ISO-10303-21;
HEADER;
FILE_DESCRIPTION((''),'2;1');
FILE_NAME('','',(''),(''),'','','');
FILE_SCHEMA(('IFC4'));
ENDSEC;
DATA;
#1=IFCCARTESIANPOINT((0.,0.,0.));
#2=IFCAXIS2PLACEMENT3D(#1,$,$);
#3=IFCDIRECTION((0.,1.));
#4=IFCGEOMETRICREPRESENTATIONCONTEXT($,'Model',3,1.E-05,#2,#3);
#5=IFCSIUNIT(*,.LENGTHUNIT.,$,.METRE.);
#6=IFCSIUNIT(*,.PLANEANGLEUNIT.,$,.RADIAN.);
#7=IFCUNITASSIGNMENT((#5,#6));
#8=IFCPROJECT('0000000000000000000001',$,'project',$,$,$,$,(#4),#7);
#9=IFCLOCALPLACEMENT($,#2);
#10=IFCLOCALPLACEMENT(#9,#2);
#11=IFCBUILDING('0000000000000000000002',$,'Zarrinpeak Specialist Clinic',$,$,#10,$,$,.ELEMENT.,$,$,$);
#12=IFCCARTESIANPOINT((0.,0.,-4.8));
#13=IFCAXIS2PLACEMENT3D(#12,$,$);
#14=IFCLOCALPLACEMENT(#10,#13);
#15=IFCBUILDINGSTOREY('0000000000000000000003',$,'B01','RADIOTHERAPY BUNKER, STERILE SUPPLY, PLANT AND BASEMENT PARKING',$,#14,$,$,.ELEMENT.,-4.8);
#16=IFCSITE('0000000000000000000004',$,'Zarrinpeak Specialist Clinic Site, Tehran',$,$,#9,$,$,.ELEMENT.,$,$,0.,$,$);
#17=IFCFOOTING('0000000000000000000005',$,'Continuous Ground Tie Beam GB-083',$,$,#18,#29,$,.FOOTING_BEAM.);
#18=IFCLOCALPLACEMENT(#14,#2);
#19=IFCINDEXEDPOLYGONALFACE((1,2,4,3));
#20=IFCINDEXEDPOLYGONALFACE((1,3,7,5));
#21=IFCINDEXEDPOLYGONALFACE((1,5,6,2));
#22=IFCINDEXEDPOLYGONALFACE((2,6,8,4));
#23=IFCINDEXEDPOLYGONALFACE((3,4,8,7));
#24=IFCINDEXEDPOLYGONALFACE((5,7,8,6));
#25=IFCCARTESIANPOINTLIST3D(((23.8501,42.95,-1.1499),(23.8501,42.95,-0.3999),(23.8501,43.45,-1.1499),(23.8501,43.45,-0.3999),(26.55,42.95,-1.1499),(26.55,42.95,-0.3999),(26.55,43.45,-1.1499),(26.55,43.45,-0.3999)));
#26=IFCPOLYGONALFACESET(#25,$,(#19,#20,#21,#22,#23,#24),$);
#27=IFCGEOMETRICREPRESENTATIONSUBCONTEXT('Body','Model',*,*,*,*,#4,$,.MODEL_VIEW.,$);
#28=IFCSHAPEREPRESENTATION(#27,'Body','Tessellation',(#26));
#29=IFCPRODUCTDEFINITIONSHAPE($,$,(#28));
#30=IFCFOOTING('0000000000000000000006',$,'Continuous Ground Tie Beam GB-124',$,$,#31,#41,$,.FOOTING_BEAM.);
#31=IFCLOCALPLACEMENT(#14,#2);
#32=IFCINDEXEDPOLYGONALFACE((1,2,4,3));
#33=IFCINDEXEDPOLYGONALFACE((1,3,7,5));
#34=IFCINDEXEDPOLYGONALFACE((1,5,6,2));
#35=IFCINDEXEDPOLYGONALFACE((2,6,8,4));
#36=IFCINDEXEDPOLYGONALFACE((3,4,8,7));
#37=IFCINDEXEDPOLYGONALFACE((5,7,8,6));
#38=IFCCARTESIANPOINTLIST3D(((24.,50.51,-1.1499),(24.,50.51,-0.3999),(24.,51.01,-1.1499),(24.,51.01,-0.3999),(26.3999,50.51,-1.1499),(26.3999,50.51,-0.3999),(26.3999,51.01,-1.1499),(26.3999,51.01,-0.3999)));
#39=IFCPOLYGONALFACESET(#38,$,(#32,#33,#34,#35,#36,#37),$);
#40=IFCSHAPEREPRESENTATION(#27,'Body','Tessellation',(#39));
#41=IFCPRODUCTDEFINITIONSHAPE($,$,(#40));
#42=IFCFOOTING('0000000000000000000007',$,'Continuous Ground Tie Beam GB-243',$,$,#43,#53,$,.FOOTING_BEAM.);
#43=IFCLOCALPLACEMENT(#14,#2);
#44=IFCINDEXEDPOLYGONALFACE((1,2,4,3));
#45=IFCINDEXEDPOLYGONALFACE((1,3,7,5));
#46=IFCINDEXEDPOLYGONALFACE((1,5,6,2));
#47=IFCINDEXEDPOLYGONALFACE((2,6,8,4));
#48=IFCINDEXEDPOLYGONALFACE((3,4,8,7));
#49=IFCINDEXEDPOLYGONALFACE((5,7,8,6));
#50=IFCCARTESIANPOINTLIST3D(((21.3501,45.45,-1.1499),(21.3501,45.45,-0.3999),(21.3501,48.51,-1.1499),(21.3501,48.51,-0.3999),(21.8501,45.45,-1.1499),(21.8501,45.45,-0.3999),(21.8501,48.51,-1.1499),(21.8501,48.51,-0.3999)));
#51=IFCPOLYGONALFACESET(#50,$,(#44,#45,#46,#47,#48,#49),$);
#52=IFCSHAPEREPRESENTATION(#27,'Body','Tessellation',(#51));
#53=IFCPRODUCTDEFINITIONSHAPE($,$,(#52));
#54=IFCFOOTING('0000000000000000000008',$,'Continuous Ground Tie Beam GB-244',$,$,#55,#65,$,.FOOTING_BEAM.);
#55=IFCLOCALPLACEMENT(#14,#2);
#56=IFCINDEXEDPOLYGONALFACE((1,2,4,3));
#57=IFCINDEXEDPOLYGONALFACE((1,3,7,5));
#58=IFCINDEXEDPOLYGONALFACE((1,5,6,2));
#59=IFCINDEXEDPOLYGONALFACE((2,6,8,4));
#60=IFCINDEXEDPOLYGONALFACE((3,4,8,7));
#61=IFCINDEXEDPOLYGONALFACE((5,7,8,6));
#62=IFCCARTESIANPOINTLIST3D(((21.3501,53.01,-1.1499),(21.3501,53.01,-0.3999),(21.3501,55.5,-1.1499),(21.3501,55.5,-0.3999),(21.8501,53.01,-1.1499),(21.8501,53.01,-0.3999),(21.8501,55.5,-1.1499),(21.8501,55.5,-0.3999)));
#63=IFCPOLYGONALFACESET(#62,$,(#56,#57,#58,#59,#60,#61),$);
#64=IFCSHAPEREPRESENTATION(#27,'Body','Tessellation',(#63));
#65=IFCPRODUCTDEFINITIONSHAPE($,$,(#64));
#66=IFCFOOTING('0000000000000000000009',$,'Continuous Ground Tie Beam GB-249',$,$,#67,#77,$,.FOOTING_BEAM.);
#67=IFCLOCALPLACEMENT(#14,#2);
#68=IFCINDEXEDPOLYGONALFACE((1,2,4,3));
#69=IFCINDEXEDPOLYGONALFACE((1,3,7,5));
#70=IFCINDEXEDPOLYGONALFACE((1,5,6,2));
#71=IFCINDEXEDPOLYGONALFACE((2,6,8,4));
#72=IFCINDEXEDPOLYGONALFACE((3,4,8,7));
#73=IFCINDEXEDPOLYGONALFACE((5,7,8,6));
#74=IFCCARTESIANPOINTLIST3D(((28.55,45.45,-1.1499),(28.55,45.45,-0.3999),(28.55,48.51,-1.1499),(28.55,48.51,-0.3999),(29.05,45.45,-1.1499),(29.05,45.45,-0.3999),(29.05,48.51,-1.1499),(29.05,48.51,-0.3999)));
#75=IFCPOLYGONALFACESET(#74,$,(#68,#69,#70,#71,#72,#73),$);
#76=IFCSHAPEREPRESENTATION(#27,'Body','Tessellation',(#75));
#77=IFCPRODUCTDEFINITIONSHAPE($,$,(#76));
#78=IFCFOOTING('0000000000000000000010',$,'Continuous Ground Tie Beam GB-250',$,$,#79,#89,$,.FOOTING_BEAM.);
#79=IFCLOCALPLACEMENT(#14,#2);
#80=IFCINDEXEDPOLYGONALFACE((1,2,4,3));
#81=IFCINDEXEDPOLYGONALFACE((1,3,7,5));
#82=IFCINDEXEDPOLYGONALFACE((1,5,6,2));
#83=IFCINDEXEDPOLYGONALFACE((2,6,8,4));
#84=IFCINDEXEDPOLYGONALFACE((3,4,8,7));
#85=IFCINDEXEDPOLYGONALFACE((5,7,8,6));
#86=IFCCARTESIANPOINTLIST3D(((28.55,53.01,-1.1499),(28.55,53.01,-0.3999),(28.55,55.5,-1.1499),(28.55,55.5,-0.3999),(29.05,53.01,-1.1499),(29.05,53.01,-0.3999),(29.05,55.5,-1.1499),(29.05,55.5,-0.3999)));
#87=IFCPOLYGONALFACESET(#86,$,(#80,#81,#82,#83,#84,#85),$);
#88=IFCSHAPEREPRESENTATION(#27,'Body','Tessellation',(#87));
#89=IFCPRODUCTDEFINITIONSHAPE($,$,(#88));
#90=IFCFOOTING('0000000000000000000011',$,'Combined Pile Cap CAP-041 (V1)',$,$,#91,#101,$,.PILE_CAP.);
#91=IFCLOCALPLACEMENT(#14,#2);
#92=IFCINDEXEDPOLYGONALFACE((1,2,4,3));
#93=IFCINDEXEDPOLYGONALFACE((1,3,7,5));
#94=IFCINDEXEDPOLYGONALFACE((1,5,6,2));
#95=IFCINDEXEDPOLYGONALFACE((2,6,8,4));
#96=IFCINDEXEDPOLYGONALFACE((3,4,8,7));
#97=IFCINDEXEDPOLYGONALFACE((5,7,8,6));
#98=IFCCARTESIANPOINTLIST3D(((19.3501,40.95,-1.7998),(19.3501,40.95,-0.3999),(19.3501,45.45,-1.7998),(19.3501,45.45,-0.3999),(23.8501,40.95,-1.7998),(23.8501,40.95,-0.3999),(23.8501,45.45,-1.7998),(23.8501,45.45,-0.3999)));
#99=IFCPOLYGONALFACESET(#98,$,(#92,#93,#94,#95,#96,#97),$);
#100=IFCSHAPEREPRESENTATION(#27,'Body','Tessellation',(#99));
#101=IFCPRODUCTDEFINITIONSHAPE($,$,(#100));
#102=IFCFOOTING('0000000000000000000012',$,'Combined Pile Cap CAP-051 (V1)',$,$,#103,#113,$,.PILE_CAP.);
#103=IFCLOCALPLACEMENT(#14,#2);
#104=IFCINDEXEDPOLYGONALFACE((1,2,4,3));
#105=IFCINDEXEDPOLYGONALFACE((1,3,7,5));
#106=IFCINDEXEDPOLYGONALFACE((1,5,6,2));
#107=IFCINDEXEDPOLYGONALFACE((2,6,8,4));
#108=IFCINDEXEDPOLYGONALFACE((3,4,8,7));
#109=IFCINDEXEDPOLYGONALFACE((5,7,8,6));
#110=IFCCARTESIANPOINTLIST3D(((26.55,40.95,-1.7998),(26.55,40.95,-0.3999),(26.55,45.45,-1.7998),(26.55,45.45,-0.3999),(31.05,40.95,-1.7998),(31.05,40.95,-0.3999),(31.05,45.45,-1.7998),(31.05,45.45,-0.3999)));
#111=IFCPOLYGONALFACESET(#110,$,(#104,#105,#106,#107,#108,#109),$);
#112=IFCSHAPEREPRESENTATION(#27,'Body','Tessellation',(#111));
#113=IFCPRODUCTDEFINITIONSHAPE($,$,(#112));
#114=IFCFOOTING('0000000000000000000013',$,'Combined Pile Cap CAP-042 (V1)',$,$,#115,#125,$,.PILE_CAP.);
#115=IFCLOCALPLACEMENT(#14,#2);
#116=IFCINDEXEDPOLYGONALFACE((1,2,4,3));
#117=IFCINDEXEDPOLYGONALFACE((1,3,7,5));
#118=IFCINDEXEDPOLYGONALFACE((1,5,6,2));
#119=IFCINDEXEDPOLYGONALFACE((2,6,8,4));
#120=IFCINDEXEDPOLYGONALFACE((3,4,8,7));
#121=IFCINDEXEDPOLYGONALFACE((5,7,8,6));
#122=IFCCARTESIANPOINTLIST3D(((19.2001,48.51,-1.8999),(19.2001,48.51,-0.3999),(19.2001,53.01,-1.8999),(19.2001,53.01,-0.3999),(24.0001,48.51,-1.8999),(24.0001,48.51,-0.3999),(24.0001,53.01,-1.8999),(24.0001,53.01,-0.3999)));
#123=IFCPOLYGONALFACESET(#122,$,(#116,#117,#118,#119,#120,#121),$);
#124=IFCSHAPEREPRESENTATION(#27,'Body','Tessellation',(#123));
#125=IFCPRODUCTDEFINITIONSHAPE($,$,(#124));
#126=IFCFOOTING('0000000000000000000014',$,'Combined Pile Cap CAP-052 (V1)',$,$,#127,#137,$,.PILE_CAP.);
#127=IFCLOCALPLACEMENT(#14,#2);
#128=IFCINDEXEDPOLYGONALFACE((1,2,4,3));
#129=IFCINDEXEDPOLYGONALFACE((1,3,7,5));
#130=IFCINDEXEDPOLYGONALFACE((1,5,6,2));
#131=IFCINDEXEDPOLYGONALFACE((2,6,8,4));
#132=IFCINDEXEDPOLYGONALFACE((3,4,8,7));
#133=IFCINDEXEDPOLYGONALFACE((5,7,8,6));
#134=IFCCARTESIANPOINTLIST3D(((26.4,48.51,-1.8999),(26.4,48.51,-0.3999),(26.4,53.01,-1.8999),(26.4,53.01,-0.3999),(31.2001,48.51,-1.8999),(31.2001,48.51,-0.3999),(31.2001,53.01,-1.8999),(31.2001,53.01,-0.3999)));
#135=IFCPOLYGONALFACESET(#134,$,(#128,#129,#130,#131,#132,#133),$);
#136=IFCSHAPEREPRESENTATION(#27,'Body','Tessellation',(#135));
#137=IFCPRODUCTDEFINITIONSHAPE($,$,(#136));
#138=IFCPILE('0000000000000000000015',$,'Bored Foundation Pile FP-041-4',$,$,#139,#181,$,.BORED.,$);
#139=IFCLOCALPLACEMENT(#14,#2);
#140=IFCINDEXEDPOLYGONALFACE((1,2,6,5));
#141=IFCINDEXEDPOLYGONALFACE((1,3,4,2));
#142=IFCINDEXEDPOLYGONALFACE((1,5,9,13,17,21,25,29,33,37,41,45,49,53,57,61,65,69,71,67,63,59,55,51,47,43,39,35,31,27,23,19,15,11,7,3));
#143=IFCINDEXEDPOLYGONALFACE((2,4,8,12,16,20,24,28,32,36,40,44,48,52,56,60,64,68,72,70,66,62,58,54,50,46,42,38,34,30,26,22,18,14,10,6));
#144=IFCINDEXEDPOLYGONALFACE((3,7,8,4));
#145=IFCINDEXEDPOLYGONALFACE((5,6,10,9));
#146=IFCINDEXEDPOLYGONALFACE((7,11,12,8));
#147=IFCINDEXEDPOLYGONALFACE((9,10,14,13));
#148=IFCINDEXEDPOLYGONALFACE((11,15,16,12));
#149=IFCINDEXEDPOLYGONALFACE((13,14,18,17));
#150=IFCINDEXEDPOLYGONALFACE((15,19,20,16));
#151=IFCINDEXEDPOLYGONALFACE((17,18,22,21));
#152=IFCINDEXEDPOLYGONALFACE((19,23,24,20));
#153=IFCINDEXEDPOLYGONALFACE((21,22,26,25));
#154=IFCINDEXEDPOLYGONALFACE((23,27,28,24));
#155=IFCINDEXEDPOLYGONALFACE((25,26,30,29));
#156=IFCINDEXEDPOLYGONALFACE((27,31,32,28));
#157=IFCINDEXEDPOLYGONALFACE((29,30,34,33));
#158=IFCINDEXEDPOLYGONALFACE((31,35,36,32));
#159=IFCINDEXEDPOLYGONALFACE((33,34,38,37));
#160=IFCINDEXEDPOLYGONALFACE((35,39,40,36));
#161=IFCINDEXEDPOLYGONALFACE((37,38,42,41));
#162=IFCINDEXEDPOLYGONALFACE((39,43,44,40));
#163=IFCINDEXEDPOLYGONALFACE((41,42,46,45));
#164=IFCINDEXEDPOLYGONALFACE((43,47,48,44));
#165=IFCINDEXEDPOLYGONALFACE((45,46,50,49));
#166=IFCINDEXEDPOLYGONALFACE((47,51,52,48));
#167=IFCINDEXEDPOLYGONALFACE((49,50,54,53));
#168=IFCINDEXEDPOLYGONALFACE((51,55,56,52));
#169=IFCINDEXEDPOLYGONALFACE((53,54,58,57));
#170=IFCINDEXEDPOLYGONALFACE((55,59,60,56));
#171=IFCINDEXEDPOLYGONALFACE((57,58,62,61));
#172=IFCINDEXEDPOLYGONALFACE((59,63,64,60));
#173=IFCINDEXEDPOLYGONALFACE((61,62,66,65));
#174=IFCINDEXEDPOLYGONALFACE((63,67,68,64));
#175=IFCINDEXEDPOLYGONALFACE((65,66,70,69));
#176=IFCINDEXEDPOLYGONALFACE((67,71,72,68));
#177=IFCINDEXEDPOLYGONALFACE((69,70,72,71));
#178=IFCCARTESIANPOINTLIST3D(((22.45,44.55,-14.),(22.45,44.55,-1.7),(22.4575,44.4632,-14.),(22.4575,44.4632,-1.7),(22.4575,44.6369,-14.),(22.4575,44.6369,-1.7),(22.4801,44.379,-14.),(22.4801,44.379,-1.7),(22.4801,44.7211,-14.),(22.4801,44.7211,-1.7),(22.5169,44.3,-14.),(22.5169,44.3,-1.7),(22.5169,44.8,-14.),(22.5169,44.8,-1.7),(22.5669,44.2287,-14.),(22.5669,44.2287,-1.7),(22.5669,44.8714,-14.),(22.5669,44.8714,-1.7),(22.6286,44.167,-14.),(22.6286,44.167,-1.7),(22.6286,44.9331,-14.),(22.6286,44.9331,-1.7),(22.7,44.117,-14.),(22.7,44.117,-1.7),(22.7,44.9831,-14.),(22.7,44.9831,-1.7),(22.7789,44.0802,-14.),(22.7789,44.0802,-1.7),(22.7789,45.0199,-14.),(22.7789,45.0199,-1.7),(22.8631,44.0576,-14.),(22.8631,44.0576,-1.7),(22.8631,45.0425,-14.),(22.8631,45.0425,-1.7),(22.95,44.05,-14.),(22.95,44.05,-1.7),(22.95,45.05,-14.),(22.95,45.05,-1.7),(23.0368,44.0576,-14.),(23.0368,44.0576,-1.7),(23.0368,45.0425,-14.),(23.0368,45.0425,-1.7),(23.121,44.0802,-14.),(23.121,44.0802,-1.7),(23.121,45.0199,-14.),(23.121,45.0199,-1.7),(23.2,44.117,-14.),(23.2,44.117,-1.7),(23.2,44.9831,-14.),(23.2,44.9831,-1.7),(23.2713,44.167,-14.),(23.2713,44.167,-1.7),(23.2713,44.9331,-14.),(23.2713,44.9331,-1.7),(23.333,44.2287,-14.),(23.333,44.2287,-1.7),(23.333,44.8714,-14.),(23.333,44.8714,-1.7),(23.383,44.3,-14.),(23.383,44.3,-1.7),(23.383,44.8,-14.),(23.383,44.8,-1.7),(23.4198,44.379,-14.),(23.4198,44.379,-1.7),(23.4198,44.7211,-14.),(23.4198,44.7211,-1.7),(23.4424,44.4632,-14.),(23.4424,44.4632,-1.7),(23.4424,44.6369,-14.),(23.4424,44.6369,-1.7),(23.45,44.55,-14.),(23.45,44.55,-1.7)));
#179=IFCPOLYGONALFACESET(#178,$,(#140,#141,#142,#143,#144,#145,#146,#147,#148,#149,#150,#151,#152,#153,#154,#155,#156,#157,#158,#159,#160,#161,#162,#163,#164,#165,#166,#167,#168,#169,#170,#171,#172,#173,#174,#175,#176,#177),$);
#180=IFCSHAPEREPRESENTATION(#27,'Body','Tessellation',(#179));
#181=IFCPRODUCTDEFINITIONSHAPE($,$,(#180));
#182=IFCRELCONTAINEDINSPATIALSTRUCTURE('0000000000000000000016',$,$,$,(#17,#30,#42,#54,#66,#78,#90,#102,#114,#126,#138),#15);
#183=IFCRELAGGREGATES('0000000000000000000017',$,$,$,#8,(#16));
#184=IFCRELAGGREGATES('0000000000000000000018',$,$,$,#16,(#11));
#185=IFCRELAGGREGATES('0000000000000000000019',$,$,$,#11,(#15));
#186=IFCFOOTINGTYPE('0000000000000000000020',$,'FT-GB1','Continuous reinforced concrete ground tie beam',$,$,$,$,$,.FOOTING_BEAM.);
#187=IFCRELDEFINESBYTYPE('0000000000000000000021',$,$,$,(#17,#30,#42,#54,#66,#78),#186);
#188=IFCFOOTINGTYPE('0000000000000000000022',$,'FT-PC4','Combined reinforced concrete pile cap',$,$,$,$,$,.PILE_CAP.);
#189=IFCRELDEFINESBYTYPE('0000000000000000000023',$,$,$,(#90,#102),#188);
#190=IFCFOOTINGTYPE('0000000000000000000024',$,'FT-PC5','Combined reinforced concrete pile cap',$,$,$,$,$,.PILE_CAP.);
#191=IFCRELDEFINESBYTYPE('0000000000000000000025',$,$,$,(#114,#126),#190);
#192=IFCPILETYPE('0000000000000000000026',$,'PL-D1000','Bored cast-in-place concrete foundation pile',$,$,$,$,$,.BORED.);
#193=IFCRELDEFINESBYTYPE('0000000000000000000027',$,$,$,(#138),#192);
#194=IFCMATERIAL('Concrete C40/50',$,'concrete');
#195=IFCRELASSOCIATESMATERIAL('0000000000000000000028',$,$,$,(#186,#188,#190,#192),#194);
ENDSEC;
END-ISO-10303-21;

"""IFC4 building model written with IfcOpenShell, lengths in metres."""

from ifc_helpers import new_model, si_unit, direction, frame, origin, origin_2d, place, context, subcontext, project, spatial, rectangle, circle, extrude, material, material_profile, profile_set, type_object, element, save


model = new_model("IFC4")

# Units and contexts
model_context = context("Model", 3, precision=1e-05, world=origin(), true_north=direction((0.0, 1.0)))
body_context = subcontext(model_context, "Body", "Model", "MODEL_VIEW")
ifc_project = project(units=[si_unit("LENGTHUNIT", "METRE"), si_unit("PLANEANGLEUNIT", "RADIAN")], contexts=[model_context])

# Site, building, storey
site_placement = place(None, origin())
site = spatial("IfcSite", under=ifc_project, at=site_placement, Name="Zarrinpeak Specialist Clinic Site, Tehran", CompositionType="ELEMENT", RefElevation=0.0)
building_placement = place(site_placement, origin())
building = spatial("IfcBuilding", under=site, at=building_placement, Name="Zarrinpeak Specialist Clinic", CompositionType="ELEMENT")
storey_placement = place(building_placement, frame((0.0, 0.0, -4.8)))
storey = spatial("IfcBuildingStorey", under=building, at=storey_placement, Name="B01", Description="RADIOTHERAPY BUNKER, STERILE SUPPLY, PLANT AND BASEMENT PARKING", CompositionType="ELEMENT", Elevation=-4.8)

# Footings
ifc_material_1 = material(Name="Concrete C40/50", Category="concrete")
ifc_material_profile_1 = material_profile(ifc_material_1, rectangle(XDim=0.5, YDim=0.75, at=origin_2d()), Name="RC 500x750")
ifc_profile_set_1 = profile_set([ifc_material_profile_1], Name="Concrete C40/50")
footing_type_1 = type_object("IfcFootingType", Name="FT-GB1", Description="Continuous reinforced concrete ground tie beam", PredefinedType="FOOTING_BEAM", material=ifc_profile_set_1)
footing_1_placement = place(storey_placement, frame((23.8501, 43.2, -0.7749), z_axis=(1.0, 0.0, 0.0), x_axis=(0.0, 1.0, 0.0)))
element("IfcFooting", 1, at=footing_1_placement, inside=storey, type_object=footing_type_1, Name="Continuous Ground Tie Beam GB-083", PredefinedType="FOOTING_BEAM", context=body_context, shape_type="SweptSolid", body=[
    extrude(rectangle(XDim=0.5, YDim=0.75, at=origin_2d()), origin(), (0.0, 0.0, 1.0), 2.7),
])
footing_2_placement = place(storey_placement, frame((24.0, 50.76, -0.7749), z_axis=(1.0, 0.0, 0.0), x_axis=(0.0, 1.0, 0.0)))
element("IfcFooting", 2, at=footing_2_placement, inside=storey, type_object=footing_type_1, Name="Continuous Ground Tie Beam GB-124", PredefinedType="FOOTING_BEAM", context=body_context, shape_type="SweptSolid", body=[
    extrude(rectangle(XDim=0.5, YDim=0.75, at=origin_2d()), origin(), (0.0, 0.0, 1.0), 2.3999),
])
footing_3_placement = place(storey_placement, frame((21.6001, 45.45, -0.7749), z_axis=(0.0, 1.0, 0.0), x_axis=(-1.0, 0.0, 0.0)))
element("IfcFooting", 3, at=footing_3_placement, inside=storey, type_object=footing_type_1, Name="Continuous Ground Tie Beam GB-243", PredefinedType="FOOTING_BEAM", context=body_context, shape_type="SweptSolid", body=[
    extrude(rectangle(XDim=0.5, YDim=0.75, at=origin_2d()), origin(), (0.0, 0.0, 1.0), 3.0601),
])
footing_4_placement = place(storey_placement, frame((21.6001, 53.01, -0.7749), z_axis=(0.0, 1.0, 0.0), x_axis=(-1.0, 0.0, 0.0)))
element("IfcFooting", 4, at=footing_4_placement, inside=storey, type_object=footing_type_1, Name="Continuous Ground Tie Beam GB-244", PredefinedType="FOOTING_BEAM", context=body_context, shape_type="SweptSolid", body=[
    extrude(rectangle(XDim=0.5, YDim=0.75, at=origin_2d()), origin(), (0.0, 0.0, 1.0), 2.49),
])
footing_5_placement = place(storey_placement, frame((28.8, 45.45, -0.7749), z_axis=(0.0, 1.0, 0.0), x_axis=(-1.0, 0.0, 0.0)))
element("IfcFooting", 5, at=footing_5_placement, inside=storey, type_object=footing_type_1, Name="Continuous Ground Tie Beam GB-249", PredefinedType="FOOTING_BEAM", context=body_context, shape_type="SweptSolid", body=[
    extrude(rectangle(XDim=0.5, YDim=0.75, at=origin_2d()), origin(), (0.0, 0.0, 1.0), 3.0601),
])
footing_6_placement = place(storey_placement, frame((28.8, 53.01, -0.7749), z_axis=(0.0, 1.0, 0.0), x_axis=(-1.0, 0.0, 0.0)))
element("IfcFooting", 6, at=footing_6_placement, inside=storey, type_object=footing_type_1, Name="Continuous Ground Tie Beam GB-250", PredefinedType="FOOTING_BEAM", context=body_context, shape_type="SweptSolid", body=[
    extrude(rectangle(XDim=0.5, YDim=0.75, at=origin_2d()), origin(), (0.0, 0.0, 1.0), 2.49),
])
footing_type_2 = type_object("IfcFootingType", Name="FT-PC4", Description="Combined reinforced concrete pile cap", PredefinedType="PILE_CAP", material=ifc_material_1)
for number, where, z_axis, x_axis, name in (
    (7, (21.6001, 43.2, -1.7998), (0.0, 0.0, 1.0), (1.0, 0.0, 0.0), "Combined Pile Cap CAP-041 (V1)"),
    (8, (28.8, 43.2, -1.7998), (0.0, 0.0, 1.0), (1.0, 0.0, 0.0), "Combined Pile Cap CAP-051 (V1)"),
):
    element("IfcFooting", number, at=place(storey_placement, frame(where, z_axis=z_axis, x_axis=x_axis)), inside=storey, type_object=footing_type_2, Name=name, PredefinedType="PILE_CAP", context=body_context, shape_type="SweptSolid", body=[
        extrude(rectangle(XDim=4.5, YDim=4.5, at=origin_2d()), origin(), (0.0, 0.0, 1.0), 1.3999),
    ])
footing_type_3 = type_object("IfcFootingType", Name="FT-PC5", Description="Combined reinforced concrete pile cap", PredefinedType="PILE_CAP", material=ifc_material_1)
for number, where, z_axis, x_axis, name in (
    (9, (21.6001, 50.76, -1.8999), (0.0, 0.0, 1.0), (1.0, 0.0, 0.0), "Combined Pile Cap CAP-042 (V1)"),
    (10, (28.8, 50.76, -1.8999), (0.0, 0.0, 1.0), (1.0, 0.0, 0.0), "Combined Pile Cap CAP-052 (V1)"),
):
    element("IfcFooting", number, at=place(storey_placement, frame(where, z_axis=z_axis, x_axis=x_axis)), inside=storey, type_object=footing_type_3, Name=name, PredefinedType="PILE_CAP", context=body_context, shape_type="SweptSolid", body=[
        extrude(rectangle(XDim=4.8, YDim=4.5, at=origin_2d()), origin(), (0.0, 0.0, 1.0), 1.5),
    ])

# Pile
ifc_material_profile_2 = material_profile(ifc_material_1, circle(Radius=0.5, at=origin_2d()), Name="BORED PILE D1000")
ifc_profile_set_2 = profile_set([ifc_material_profile_2], Name="Concrete C40/50")
pile_type = type_object("IfcPileType", Name="PL-D1000", Description="Bored cast-in-place concrete foundation pile", PredefinedType="BORED", material=ifc_profile_set_2)
pile_1_placement = place(storey_placement, frame((22.95, 44.55, -1.7), z_axis=(0.0, 0.0, -1.0), x_axis=(1.0, 0.0, 0.0)))
element("IfcPile", 11, at=pile_1_placement, inside=storey, type_object=pile_type, Name="Bored Foundation Pile FP-041-4", PredefinedType="BORED", context=body_context, shape_type="SweptSolid", body=[
    extrude(circle(Radius=0.5, at=origin_2d()), origin(), (0.0, 0.0, 1.0), 12.3),
])

save(model, "model.ifc")
